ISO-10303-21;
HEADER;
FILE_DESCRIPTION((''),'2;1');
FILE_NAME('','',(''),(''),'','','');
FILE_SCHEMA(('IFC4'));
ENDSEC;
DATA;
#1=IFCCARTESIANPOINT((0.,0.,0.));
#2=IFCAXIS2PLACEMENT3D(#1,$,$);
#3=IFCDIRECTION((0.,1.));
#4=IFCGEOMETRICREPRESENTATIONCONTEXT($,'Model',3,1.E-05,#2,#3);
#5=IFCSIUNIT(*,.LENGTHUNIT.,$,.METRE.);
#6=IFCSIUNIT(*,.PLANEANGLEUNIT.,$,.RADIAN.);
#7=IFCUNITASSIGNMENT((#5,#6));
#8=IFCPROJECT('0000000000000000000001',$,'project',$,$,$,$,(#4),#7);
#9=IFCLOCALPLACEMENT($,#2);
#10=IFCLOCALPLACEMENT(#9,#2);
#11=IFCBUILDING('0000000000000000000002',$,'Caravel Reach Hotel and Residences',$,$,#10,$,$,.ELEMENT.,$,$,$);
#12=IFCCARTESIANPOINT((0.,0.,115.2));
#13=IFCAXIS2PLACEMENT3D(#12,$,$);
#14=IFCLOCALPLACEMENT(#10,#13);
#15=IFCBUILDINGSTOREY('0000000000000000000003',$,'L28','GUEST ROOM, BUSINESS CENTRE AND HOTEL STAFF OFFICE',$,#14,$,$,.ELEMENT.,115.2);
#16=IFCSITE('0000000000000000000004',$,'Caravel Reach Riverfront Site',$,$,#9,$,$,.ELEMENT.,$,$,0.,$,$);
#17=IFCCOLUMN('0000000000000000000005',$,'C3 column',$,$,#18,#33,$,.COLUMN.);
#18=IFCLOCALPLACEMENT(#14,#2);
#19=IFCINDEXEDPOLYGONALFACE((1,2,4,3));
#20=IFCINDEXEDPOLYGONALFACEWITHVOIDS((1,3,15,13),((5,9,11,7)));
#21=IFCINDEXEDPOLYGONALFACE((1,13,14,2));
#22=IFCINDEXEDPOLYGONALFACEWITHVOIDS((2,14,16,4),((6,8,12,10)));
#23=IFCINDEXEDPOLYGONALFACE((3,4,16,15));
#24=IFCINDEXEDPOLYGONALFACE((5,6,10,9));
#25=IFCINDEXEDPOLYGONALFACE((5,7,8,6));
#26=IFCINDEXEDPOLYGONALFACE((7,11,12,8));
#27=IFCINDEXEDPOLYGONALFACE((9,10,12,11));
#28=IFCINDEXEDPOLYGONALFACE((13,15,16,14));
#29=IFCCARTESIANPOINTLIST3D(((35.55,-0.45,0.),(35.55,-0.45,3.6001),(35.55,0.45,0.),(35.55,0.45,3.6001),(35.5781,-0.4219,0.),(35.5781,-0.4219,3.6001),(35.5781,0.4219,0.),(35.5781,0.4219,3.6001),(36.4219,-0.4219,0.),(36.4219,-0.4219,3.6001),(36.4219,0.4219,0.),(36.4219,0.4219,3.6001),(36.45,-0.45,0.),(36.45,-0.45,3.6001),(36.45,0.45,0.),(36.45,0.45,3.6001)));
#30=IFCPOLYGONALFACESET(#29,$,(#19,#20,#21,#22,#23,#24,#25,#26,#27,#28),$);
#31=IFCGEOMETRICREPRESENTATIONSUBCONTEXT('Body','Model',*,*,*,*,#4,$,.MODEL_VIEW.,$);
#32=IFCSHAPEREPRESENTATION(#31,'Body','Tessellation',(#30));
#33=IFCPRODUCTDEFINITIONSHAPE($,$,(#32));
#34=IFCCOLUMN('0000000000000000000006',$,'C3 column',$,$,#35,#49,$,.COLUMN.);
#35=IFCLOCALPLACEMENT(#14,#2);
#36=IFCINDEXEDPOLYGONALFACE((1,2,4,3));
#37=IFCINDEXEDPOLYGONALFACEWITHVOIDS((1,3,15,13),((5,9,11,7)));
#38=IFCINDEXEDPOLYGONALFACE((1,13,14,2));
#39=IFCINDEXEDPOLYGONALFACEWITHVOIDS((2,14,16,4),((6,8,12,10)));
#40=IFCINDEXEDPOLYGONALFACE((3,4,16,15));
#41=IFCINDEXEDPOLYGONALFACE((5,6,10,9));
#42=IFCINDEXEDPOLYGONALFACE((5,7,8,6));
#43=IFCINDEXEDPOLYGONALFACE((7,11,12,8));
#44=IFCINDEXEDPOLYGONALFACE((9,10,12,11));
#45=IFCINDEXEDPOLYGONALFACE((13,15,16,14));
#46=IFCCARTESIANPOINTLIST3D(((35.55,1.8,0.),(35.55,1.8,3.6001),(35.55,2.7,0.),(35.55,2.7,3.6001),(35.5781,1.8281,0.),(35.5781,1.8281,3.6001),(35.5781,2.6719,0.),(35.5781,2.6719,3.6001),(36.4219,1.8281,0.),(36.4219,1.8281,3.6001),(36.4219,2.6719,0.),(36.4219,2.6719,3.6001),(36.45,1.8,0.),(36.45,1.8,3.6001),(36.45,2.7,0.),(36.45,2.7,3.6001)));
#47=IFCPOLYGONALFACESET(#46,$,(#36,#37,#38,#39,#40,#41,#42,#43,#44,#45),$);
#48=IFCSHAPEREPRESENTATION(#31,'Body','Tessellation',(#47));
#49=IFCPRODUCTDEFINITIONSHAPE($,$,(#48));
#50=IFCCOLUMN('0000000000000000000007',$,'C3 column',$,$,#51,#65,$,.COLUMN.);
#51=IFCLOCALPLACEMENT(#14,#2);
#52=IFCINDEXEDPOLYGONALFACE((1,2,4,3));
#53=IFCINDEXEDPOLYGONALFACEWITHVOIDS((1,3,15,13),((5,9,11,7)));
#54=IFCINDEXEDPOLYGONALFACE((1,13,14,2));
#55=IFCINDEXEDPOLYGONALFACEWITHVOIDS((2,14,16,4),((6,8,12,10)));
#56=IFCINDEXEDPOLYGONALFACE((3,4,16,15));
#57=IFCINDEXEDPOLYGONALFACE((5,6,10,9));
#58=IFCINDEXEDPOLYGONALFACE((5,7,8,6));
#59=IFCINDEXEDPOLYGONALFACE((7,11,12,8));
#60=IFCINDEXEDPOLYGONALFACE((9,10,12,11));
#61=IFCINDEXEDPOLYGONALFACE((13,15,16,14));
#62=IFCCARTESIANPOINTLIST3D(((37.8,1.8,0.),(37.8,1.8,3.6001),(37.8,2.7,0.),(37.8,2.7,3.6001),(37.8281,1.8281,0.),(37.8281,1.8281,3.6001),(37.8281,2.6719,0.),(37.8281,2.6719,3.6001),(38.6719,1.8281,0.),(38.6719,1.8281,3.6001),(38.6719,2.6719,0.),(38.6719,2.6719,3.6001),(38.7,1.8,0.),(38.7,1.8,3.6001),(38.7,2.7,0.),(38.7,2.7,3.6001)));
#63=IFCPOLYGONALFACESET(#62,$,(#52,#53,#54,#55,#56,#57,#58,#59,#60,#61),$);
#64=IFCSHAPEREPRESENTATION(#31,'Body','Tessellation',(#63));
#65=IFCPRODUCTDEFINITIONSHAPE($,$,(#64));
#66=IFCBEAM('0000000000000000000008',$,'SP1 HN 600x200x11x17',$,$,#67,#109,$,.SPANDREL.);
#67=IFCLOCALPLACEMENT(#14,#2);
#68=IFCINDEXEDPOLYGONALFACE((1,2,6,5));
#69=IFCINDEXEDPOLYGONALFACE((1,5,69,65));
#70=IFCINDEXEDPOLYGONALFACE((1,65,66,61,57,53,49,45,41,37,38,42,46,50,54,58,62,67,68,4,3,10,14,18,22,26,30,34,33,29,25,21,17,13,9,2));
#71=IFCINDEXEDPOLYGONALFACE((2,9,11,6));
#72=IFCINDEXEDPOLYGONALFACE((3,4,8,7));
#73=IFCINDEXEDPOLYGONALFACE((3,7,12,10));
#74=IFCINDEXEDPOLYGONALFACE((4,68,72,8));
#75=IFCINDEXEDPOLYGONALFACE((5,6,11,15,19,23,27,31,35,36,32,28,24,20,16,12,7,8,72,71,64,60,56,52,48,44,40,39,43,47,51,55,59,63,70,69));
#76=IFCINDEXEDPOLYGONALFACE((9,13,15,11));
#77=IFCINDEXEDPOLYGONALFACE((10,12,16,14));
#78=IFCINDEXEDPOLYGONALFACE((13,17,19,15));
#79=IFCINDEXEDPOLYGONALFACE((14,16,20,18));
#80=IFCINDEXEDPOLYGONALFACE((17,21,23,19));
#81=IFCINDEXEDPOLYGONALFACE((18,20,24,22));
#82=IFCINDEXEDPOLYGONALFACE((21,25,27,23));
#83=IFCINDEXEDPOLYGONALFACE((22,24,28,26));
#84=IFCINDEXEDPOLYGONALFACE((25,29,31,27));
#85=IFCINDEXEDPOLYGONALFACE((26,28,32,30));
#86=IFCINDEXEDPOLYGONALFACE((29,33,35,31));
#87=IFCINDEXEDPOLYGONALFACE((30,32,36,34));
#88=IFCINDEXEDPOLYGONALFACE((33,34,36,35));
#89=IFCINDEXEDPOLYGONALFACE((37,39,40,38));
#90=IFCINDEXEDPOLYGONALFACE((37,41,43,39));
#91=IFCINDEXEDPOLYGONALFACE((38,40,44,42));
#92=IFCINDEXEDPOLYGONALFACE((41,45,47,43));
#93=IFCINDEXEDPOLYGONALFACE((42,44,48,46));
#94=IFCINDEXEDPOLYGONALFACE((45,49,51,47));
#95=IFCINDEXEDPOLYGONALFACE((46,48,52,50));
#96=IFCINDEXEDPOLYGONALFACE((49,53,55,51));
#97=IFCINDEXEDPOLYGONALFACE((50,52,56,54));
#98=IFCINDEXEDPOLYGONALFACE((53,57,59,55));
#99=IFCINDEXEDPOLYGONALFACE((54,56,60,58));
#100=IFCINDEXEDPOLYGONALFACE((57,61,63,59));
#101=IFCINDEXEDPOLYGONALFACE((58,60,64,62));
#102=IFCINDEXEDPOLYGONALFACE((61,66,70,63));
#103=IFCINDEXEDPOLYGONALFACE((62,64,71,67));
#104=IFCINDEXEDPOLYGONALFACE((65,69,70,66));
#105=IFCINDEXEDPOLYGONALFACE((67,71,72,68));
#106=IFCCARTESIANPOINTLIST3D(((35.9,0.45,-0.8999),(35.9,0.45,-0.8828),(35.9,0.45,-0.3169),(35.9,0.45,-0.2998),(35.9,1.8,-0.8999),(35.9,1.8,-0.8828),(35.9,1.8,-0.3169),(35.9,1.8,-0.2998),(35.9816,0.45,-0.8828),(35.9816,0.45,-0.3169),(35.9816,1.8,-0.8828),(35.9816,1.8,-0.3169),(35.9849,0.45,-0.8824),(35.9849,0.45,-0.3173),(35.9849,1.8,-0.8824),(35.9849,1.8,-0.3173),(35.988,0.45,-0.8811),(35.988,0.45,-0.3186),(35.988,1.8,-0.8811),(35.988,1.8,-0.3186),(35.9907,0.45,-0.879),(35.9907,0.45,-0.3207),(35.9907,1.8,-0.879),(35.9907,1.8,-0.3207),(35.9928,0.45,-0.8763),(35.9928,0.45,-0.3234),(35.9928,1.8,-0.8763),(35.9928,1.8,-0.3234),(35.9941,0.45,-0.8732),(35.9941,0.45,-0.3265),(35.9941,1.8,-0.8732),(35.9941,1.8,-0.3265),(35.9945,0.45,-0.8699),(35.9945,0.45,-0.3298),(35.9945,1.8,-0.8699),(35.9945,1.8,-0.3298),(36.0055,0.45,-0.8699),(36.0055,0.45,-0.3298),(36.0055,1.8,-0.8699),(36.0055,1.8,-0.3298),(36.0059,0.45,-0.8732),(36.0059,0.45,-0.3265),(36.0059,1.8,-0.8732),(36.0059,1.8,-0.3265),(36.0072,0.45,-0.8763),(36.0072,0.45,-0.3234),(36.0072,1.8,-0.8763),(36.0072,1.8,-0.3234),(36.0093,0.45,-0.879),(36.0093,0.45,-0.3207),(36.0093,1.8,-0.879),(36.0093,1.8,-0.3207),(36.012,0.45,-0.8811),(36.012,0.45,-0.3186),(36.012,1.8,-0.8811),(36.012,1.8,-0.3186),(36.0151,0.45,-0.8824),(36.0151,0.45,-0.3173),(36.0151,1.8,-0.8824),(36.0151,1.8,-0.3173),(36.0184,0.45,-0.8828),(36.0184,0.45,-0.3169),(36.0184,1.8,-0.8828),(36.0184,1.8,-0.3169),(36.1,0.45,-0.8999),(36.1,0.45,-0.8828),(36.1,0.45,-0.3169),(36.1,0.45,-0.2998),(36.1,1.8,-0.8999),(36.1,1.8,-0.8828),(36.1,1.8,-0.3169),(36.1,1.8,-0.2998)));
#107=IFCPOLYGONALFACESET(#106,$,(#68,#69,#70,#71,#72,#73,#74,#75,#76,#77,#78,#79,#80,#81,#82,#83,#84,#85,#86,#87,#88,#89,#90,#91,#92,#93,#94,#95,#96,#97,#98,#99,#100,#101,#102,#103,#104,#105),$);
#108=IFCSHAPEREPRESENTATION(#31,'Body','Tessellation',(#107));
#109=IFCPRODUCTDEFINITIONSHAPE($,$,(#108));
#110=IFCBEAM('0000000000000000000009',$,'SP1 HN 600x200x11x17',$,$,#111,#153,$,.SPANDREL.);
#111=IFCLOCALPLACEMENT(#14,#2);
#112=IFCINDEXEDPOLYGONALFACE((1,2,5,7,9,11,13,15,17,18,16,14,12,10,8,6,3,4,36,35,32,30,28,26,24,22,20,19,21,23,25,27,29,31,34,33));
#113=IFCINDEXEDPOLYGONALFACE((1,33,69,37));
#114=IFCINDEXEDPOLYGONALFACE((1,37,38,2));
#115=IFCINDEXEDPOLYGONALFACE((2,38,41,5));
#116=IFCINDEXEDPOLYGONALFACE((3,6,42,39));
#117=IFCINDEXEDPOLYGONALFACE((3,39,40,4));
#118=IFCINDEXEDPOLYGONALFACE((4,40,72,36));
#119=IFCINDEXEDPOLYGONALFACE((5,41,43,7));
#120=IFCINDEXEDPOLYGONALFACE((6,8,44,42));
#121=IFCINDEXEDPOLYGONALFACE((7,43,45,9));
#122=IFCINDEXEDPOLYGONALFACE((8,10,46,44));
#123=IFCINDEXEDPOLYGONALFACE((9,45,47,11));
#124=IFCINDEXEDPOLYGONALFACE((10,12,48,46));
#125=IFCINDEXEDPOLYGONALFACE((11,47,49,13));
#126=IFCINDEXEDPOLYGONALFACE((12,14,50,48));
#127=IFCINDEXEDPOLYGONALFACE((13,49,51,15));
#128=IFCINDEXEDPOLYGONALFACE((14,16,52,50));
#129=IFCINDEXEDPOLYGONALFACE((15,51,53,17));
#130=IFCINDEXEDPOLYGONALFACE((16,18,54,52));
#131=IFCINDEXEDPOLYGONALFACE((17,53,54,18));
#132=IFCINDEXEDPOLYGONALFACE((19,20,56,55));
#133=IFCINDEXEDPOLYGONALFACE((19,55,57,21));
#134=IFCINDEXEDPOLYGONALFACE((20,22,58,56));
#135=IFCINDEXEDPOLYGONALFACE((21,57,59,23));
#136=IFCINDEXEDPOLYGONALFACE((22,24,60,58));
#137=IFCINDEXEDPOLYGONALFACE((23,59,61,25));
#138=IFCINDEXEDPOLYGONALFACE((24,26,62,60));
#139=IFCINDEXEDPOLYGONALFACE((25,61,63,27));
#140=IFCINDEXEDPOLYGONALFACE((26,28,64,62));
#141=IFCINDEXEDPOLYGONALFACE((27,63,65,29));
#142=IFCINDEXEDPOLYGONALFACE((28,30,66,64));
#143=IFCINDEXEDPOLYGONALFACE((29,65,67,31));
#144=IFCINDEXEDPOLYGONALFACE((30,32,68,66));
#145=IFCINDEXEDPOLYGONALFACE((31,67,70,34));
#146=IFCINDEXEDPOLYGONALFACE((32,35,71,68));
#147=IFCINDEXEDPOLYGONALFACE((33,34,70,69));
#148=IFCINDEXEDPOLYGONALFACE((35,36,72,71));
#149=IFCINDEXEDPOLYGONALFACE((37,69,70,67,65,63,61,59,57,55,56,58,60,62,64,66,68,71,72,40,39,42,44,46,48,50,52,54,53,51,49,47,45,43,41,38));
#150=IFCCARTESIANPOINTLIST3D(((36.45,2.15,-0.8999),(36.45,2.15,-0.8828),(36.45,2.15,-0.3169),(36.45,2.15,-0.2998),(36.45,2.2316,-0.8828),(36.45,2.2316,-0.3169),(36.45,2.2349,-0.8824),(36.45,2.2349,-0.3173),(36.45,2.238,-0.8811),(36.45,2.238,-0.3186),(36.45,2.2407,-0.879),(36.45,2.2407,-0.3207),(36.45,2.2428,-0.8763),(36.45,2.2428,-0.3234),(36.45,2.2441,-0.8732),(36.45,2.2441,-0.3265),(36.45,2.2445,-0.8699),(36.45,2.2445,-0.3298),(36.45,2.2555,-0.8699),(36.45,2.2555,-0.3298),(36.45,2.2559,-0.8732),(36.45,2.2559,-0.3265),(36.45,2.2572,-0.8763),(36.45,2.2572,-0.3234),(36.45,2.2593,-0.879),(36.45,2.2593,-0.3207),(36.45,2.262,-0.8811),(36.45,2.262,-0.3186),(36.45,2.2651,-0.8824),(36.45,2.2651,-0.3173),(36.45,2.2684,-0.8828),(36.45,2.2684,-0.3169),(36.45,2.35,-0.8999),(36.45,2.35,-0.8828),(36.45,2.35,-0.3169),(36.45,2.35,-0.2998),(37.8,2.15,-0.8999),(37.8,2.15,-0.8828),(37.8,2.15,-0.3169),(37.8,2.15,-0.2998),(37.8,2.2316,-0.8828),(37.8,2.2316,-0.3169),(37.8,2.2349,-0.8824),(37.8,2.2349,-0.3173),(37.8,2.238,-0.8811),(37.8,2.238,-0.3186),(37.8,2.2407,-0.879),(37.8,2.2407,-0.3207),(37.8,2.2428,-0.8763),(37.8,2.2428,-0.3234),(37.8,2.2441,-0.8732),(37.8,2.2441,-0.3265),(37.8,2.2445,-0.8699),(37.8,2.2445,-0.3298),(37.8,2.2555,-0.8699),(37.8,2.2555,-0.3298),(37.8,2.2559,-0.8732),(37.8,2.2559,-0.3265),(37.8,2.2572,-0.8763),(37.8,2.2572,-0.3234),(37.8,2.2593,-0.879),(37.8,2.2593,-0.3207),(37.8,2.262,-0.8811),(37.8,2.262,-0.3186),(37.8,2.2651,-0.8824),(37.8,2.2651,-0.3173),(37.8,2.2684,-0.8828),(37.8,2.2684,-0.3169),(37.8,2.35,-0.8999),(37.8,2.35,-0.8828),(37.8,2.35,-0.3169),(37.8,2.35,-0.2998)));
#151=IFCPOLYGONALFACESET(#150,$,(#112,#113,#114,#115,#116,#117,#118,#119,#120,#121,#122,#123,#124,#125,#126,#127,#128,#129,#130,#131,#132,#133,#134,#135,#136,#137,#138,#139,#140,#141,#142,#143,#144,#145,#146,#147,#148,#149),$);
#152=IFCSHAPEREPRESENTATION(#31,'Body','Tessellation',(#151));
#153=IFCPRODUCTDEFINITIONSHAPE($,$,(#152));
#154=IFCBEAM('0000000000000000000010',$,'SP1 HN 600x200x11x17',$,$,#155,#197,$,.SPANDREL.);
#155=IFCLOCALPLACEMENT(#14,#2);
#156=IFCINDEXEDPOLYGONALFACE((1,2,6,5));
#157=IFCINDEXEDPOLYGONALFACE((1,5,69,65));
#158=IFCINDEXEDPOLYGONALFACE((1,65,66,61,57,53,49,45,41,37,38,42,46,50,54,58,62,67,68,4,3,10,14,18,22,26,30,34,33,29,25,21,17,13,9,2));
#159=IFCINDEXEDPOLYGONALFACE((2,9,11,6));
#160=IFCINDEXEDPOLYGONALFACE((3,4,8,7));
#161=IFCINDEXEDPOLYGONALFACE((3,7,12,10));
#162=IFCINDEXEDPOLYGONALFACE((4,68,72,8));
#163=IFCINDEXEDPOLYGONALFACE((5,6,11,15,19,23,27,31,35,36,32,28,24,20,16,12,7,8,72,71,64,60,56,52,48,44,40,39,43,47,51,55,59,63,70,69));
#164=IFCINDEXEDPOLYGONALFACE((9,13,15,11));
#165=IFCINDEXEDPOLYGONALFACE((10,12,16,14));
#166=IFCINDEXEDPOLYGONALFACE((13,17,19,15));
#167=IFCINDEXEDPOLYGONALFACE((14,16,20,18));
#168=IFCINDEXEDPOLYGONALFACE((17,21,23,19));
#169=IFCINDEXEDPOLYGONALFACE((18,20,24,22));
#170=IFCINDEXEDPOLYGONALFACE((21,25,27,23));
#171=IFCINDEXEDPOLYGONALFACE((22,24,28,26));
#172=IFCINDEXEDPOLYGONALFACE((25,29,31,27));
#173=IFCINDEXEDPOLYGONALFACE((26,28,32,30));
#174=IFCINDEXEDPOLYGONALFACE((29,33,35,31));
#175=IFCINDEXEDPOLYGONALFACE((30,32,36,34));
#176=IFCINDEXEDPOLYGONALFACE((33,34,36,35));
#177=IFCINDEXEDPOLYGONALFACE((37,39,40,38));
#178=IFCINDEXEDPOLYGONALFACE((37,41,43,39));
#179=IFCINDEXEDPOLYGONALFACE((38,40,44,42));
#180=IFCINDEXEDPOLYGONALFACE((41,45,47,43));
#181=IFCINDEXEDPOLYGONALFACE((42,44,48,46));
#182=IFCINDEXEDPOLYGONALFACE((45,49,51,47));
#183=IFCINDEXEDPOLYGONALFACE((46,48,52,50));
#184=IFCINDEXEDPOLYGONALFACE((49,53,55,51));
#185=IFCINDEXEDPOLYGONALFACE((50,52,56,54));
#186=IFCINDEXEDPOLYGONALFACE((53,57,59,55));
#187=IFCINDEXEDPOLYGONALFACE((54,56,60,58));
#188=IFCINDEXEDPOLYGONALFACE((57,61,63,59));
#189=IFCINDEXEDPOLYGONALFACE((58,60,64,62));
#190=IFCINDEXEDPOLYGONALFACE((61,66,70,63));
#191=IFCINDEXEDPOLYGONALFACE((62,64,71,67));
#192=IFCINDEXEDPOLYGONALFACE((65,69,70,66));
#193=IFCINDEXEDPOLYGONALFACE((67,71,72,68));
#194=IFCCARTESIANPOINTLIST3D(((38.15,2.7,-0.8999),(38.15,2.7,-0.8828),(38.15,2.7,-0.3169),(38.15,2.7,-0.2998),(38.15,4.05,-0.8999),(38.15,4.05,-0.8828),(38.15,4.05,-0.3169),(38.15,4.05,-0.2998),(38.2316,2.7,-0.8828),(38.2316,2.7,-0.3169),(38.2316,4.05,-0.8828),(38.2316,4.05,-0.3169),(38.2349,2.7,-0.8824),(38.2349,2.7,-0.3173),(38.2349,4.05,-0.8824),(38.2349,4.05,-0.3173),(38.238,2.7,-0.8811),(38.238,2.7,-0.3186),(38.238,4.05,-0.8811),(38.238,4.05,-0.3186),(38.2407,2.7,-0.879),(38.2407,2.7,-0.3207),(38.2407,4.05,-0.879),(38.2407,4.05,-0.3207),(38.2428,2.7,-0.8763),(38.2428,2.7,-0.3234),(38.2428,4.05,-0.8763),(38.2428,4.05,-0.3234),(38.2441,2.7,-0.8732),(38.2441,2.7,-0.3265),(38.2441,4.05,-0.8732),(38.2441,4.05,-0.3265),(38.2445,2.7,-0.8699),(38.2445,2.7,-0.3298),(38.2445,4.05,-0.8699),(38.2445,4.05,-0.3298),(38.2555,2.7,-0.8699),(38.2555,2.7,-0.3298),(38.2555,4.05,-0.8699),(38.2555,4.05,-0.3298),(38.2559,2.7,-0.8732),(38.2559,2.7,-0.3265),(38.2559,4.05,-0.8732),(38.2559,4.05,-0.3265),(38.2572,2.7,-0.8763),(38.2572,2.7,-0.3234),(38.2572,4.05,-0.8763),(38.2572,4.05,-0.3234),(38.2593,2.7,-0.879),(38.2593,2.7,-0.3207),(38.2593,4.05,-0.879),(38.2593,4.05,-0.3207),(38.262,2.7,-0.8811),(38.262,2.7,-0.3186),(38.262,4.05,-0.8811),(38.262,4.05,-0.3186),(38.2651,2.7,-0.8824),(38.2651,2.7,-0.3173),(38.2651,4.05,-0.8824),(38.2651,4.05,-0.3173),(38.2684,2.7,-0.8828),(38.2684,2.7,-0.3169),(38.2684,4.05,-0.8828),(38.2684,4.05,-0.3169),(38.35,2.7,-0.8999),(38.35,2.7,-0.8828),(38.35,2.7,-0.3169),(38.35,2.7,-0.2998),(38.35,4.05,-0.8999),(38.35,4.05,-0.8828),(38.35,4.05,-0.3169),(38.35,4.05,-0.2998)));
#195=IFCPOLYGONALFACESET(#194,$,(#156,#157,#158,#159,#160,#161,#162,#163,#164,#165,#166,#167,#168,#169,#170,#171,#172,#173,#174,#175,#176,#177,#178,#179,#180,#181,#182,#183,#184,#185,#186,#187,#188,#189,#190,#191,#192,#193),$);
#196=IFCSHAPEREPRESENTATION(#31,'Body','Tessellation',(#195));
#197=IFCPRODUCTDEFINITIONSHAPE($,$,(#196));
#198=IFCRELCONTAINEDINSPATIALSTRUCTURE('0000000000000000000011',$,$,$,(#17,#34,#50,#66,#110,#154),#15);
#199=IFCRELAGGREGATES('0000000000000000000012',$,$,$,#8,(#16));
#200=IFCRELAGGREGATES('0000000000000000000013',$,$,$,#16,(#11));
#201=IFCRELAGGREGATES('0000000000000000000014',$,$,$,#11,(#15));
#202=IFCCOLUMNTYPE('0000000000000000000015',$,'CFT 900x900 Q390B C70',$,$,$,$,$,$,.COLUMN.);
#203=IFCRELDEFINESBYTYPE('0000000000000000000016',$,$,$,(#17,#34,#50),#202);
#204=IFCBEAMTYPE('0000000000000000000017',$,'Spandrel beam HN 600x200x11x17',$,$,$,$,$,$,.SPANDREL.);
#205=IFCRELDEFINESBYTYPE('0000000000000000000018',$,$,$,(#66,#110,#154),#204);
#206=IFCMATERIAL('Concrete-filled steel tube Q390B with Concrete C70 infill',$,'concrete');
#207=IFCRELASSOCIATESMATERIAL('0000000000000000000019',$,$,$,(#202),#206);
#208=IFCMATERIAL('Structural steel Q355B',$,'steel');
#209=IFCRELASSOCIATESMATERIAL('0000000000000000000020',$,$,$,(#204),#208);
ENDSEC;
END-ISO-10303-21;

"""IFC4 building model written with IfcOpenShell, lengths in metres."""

from ifc_helpers import new_model, si_unit, direction, frame, origin, origin_2d, place, context, subcontext, project, spatial, hollow_rectangle, i_section, extrude, material, material_profile, profile_set, type_object, element, save


model = new_model("IFC4")

# Units and contexts
model_context = context("Model", 3, precision=1e-05, world=origin(), true_north=direction((0.0, 1.0)))
body_context = subcontext(model_context, "Body", "Model", "MODEL_VIEW")
ifc_project = project(units=[si_unit("LENGTHUNIT", "METRE"), si_unit("PLANEANGLEUNIT", "RADIAN")], contexts=[model_context])

# Site, building, storey
site_placement = place(None, origin())
site = spatial("IfcSite", under=ifc_project, at=site_placement, Name="Caravel Reach Riverfront Site", CompositionType="ELEMENT", RefElevation=0.0)
building_placement = place(site_placement, origin())
building = spatial("IfcBuilding", under=site, at=building_placement, Name="Caravel Reach Hotel and Residences", CompositionType="ELEMENT")
storey_placement = place(building_placement, frame((0.0, 0.0, 115.2)))
storey = spatial("IfcBuildingStorey", under=building, at=storey_placement, Name="L28", Description="GUEST ROOM, BUSINESS CENTRE AND HOTEL STAFF OFFICE", CompositionType="ELEMENT", Elevation=115.2)

# Columns
ifc_material_1 = material(Name="Concrete-filled steel tube Q390B with Concrete C70 infill", Category="concrete")
ifc_material_profile_1 = material_profile(ifc_material_1, hollow_rectangle(XDim=0.8999, YDim=0.8999, WallThickness=0.0281, at=origin_2d()), Name="RHS 900x900x28")
ifc_profile_set_1 = profile_set([ifc_material_profile_1], Name="Concrete-filled steel tube Q390B with Concrete C70 infill")
column_type = type_object("IfcColumnType", Name="CFT 900x900 Q390B C70", PredefinedType="COLUMN", material=ifc_profile_set_1)
for number, where, z_axis, x_axis, name in (
    (1, (36.0, 0.0, 0.0), (0.0, 0.0, 1.0), (1.0, 0.0, 0.0), "C3 column"),
    (2, (36.0, 2.25, 0.0), (0.0, 0.0, 1.0), (1.0, 0.0, 0.0), "C3 column"),
    (3, (38.25, 2.25, 0.0), (0.0, 0.0, 1.0), (1.0, 0.0, 0.0), "C3 column"),
):
    element("IfcColumn", number, at=place(storey_placement, frame(where, z_axis=z_axis, x_axis=x_axis)), inside=storey, type_object=column_type, Name=name, PredefinedType="COLUMN", context=body_context, shape_type="SweptSolid", body=[
        extrude(hollow_rectangle(XDim=0.8999, YDim=0.8999, WallThickness=0.0281, at=origin_2d()), origin(), (0.0, 0.0, 1.0), 3.6001),
    ])

# Beams
ifc_material_2 = material(Name="Structural steel Q355B", Category="steel")
ifc_material_profile_2 = material_profile(ifc_material_2, i_section(OverallWidth=0.2, OverallDepth=0.6001, WebThickness=0.011, FlangeThickness=0.0171, FilletRadius=0.0129, at=origin_2d()), Name="HN 600x200x11x17")
ifc_profile_set_2 = profile_set([ifc_material_profile_2], Name="Structural steel Q355B")
beam_type = type_object("IfcBeamType", Name="Spandrel beam HN 600x200x11x17", PredefinedType="SPANDREL", material=ifc_profile_set_2)
for number, where, z_axis, x_axis, name in (
    (4, (36.0, 0.45, -0.5999), (0.0, 1.0, 0.0), (-1.0, 0.0, 0.0), "SP1 HN 600x200x11x17"),
    (5, (36.45, 2.25, -0.5999), (1.0, 0.0, 0.0), (0.0, 1.0, 0.0), "SP1 HN 600x200x11x17"),
    (6, (38.25, 2.7, -0.5999), (0.0, 1.0, 0.0), (-1.0, 0.0, 0.0), "SP1 HN 600x200x11x17"),
):
    element("IfcBeam", number, at=place(storey_placement, frame(where, z_axis=z_axis, x_axis=x_axis)), inside=storey, type_object=beam_type, Name=name, PredefinedType="SPANDREL", context=body_context, shape_type="SweptSolid", body=[
        extrude(i_section(OverallWidth=0.2, OverallDepth=0.6001, WebThickness=0.011, FlangeThickness=0.0171, FilletRadius=0.0129, at=origin_2d()), origin(), (0.0, 0.0, 1.0), 1.3501),
    ])

save(model, "model.ifc")
